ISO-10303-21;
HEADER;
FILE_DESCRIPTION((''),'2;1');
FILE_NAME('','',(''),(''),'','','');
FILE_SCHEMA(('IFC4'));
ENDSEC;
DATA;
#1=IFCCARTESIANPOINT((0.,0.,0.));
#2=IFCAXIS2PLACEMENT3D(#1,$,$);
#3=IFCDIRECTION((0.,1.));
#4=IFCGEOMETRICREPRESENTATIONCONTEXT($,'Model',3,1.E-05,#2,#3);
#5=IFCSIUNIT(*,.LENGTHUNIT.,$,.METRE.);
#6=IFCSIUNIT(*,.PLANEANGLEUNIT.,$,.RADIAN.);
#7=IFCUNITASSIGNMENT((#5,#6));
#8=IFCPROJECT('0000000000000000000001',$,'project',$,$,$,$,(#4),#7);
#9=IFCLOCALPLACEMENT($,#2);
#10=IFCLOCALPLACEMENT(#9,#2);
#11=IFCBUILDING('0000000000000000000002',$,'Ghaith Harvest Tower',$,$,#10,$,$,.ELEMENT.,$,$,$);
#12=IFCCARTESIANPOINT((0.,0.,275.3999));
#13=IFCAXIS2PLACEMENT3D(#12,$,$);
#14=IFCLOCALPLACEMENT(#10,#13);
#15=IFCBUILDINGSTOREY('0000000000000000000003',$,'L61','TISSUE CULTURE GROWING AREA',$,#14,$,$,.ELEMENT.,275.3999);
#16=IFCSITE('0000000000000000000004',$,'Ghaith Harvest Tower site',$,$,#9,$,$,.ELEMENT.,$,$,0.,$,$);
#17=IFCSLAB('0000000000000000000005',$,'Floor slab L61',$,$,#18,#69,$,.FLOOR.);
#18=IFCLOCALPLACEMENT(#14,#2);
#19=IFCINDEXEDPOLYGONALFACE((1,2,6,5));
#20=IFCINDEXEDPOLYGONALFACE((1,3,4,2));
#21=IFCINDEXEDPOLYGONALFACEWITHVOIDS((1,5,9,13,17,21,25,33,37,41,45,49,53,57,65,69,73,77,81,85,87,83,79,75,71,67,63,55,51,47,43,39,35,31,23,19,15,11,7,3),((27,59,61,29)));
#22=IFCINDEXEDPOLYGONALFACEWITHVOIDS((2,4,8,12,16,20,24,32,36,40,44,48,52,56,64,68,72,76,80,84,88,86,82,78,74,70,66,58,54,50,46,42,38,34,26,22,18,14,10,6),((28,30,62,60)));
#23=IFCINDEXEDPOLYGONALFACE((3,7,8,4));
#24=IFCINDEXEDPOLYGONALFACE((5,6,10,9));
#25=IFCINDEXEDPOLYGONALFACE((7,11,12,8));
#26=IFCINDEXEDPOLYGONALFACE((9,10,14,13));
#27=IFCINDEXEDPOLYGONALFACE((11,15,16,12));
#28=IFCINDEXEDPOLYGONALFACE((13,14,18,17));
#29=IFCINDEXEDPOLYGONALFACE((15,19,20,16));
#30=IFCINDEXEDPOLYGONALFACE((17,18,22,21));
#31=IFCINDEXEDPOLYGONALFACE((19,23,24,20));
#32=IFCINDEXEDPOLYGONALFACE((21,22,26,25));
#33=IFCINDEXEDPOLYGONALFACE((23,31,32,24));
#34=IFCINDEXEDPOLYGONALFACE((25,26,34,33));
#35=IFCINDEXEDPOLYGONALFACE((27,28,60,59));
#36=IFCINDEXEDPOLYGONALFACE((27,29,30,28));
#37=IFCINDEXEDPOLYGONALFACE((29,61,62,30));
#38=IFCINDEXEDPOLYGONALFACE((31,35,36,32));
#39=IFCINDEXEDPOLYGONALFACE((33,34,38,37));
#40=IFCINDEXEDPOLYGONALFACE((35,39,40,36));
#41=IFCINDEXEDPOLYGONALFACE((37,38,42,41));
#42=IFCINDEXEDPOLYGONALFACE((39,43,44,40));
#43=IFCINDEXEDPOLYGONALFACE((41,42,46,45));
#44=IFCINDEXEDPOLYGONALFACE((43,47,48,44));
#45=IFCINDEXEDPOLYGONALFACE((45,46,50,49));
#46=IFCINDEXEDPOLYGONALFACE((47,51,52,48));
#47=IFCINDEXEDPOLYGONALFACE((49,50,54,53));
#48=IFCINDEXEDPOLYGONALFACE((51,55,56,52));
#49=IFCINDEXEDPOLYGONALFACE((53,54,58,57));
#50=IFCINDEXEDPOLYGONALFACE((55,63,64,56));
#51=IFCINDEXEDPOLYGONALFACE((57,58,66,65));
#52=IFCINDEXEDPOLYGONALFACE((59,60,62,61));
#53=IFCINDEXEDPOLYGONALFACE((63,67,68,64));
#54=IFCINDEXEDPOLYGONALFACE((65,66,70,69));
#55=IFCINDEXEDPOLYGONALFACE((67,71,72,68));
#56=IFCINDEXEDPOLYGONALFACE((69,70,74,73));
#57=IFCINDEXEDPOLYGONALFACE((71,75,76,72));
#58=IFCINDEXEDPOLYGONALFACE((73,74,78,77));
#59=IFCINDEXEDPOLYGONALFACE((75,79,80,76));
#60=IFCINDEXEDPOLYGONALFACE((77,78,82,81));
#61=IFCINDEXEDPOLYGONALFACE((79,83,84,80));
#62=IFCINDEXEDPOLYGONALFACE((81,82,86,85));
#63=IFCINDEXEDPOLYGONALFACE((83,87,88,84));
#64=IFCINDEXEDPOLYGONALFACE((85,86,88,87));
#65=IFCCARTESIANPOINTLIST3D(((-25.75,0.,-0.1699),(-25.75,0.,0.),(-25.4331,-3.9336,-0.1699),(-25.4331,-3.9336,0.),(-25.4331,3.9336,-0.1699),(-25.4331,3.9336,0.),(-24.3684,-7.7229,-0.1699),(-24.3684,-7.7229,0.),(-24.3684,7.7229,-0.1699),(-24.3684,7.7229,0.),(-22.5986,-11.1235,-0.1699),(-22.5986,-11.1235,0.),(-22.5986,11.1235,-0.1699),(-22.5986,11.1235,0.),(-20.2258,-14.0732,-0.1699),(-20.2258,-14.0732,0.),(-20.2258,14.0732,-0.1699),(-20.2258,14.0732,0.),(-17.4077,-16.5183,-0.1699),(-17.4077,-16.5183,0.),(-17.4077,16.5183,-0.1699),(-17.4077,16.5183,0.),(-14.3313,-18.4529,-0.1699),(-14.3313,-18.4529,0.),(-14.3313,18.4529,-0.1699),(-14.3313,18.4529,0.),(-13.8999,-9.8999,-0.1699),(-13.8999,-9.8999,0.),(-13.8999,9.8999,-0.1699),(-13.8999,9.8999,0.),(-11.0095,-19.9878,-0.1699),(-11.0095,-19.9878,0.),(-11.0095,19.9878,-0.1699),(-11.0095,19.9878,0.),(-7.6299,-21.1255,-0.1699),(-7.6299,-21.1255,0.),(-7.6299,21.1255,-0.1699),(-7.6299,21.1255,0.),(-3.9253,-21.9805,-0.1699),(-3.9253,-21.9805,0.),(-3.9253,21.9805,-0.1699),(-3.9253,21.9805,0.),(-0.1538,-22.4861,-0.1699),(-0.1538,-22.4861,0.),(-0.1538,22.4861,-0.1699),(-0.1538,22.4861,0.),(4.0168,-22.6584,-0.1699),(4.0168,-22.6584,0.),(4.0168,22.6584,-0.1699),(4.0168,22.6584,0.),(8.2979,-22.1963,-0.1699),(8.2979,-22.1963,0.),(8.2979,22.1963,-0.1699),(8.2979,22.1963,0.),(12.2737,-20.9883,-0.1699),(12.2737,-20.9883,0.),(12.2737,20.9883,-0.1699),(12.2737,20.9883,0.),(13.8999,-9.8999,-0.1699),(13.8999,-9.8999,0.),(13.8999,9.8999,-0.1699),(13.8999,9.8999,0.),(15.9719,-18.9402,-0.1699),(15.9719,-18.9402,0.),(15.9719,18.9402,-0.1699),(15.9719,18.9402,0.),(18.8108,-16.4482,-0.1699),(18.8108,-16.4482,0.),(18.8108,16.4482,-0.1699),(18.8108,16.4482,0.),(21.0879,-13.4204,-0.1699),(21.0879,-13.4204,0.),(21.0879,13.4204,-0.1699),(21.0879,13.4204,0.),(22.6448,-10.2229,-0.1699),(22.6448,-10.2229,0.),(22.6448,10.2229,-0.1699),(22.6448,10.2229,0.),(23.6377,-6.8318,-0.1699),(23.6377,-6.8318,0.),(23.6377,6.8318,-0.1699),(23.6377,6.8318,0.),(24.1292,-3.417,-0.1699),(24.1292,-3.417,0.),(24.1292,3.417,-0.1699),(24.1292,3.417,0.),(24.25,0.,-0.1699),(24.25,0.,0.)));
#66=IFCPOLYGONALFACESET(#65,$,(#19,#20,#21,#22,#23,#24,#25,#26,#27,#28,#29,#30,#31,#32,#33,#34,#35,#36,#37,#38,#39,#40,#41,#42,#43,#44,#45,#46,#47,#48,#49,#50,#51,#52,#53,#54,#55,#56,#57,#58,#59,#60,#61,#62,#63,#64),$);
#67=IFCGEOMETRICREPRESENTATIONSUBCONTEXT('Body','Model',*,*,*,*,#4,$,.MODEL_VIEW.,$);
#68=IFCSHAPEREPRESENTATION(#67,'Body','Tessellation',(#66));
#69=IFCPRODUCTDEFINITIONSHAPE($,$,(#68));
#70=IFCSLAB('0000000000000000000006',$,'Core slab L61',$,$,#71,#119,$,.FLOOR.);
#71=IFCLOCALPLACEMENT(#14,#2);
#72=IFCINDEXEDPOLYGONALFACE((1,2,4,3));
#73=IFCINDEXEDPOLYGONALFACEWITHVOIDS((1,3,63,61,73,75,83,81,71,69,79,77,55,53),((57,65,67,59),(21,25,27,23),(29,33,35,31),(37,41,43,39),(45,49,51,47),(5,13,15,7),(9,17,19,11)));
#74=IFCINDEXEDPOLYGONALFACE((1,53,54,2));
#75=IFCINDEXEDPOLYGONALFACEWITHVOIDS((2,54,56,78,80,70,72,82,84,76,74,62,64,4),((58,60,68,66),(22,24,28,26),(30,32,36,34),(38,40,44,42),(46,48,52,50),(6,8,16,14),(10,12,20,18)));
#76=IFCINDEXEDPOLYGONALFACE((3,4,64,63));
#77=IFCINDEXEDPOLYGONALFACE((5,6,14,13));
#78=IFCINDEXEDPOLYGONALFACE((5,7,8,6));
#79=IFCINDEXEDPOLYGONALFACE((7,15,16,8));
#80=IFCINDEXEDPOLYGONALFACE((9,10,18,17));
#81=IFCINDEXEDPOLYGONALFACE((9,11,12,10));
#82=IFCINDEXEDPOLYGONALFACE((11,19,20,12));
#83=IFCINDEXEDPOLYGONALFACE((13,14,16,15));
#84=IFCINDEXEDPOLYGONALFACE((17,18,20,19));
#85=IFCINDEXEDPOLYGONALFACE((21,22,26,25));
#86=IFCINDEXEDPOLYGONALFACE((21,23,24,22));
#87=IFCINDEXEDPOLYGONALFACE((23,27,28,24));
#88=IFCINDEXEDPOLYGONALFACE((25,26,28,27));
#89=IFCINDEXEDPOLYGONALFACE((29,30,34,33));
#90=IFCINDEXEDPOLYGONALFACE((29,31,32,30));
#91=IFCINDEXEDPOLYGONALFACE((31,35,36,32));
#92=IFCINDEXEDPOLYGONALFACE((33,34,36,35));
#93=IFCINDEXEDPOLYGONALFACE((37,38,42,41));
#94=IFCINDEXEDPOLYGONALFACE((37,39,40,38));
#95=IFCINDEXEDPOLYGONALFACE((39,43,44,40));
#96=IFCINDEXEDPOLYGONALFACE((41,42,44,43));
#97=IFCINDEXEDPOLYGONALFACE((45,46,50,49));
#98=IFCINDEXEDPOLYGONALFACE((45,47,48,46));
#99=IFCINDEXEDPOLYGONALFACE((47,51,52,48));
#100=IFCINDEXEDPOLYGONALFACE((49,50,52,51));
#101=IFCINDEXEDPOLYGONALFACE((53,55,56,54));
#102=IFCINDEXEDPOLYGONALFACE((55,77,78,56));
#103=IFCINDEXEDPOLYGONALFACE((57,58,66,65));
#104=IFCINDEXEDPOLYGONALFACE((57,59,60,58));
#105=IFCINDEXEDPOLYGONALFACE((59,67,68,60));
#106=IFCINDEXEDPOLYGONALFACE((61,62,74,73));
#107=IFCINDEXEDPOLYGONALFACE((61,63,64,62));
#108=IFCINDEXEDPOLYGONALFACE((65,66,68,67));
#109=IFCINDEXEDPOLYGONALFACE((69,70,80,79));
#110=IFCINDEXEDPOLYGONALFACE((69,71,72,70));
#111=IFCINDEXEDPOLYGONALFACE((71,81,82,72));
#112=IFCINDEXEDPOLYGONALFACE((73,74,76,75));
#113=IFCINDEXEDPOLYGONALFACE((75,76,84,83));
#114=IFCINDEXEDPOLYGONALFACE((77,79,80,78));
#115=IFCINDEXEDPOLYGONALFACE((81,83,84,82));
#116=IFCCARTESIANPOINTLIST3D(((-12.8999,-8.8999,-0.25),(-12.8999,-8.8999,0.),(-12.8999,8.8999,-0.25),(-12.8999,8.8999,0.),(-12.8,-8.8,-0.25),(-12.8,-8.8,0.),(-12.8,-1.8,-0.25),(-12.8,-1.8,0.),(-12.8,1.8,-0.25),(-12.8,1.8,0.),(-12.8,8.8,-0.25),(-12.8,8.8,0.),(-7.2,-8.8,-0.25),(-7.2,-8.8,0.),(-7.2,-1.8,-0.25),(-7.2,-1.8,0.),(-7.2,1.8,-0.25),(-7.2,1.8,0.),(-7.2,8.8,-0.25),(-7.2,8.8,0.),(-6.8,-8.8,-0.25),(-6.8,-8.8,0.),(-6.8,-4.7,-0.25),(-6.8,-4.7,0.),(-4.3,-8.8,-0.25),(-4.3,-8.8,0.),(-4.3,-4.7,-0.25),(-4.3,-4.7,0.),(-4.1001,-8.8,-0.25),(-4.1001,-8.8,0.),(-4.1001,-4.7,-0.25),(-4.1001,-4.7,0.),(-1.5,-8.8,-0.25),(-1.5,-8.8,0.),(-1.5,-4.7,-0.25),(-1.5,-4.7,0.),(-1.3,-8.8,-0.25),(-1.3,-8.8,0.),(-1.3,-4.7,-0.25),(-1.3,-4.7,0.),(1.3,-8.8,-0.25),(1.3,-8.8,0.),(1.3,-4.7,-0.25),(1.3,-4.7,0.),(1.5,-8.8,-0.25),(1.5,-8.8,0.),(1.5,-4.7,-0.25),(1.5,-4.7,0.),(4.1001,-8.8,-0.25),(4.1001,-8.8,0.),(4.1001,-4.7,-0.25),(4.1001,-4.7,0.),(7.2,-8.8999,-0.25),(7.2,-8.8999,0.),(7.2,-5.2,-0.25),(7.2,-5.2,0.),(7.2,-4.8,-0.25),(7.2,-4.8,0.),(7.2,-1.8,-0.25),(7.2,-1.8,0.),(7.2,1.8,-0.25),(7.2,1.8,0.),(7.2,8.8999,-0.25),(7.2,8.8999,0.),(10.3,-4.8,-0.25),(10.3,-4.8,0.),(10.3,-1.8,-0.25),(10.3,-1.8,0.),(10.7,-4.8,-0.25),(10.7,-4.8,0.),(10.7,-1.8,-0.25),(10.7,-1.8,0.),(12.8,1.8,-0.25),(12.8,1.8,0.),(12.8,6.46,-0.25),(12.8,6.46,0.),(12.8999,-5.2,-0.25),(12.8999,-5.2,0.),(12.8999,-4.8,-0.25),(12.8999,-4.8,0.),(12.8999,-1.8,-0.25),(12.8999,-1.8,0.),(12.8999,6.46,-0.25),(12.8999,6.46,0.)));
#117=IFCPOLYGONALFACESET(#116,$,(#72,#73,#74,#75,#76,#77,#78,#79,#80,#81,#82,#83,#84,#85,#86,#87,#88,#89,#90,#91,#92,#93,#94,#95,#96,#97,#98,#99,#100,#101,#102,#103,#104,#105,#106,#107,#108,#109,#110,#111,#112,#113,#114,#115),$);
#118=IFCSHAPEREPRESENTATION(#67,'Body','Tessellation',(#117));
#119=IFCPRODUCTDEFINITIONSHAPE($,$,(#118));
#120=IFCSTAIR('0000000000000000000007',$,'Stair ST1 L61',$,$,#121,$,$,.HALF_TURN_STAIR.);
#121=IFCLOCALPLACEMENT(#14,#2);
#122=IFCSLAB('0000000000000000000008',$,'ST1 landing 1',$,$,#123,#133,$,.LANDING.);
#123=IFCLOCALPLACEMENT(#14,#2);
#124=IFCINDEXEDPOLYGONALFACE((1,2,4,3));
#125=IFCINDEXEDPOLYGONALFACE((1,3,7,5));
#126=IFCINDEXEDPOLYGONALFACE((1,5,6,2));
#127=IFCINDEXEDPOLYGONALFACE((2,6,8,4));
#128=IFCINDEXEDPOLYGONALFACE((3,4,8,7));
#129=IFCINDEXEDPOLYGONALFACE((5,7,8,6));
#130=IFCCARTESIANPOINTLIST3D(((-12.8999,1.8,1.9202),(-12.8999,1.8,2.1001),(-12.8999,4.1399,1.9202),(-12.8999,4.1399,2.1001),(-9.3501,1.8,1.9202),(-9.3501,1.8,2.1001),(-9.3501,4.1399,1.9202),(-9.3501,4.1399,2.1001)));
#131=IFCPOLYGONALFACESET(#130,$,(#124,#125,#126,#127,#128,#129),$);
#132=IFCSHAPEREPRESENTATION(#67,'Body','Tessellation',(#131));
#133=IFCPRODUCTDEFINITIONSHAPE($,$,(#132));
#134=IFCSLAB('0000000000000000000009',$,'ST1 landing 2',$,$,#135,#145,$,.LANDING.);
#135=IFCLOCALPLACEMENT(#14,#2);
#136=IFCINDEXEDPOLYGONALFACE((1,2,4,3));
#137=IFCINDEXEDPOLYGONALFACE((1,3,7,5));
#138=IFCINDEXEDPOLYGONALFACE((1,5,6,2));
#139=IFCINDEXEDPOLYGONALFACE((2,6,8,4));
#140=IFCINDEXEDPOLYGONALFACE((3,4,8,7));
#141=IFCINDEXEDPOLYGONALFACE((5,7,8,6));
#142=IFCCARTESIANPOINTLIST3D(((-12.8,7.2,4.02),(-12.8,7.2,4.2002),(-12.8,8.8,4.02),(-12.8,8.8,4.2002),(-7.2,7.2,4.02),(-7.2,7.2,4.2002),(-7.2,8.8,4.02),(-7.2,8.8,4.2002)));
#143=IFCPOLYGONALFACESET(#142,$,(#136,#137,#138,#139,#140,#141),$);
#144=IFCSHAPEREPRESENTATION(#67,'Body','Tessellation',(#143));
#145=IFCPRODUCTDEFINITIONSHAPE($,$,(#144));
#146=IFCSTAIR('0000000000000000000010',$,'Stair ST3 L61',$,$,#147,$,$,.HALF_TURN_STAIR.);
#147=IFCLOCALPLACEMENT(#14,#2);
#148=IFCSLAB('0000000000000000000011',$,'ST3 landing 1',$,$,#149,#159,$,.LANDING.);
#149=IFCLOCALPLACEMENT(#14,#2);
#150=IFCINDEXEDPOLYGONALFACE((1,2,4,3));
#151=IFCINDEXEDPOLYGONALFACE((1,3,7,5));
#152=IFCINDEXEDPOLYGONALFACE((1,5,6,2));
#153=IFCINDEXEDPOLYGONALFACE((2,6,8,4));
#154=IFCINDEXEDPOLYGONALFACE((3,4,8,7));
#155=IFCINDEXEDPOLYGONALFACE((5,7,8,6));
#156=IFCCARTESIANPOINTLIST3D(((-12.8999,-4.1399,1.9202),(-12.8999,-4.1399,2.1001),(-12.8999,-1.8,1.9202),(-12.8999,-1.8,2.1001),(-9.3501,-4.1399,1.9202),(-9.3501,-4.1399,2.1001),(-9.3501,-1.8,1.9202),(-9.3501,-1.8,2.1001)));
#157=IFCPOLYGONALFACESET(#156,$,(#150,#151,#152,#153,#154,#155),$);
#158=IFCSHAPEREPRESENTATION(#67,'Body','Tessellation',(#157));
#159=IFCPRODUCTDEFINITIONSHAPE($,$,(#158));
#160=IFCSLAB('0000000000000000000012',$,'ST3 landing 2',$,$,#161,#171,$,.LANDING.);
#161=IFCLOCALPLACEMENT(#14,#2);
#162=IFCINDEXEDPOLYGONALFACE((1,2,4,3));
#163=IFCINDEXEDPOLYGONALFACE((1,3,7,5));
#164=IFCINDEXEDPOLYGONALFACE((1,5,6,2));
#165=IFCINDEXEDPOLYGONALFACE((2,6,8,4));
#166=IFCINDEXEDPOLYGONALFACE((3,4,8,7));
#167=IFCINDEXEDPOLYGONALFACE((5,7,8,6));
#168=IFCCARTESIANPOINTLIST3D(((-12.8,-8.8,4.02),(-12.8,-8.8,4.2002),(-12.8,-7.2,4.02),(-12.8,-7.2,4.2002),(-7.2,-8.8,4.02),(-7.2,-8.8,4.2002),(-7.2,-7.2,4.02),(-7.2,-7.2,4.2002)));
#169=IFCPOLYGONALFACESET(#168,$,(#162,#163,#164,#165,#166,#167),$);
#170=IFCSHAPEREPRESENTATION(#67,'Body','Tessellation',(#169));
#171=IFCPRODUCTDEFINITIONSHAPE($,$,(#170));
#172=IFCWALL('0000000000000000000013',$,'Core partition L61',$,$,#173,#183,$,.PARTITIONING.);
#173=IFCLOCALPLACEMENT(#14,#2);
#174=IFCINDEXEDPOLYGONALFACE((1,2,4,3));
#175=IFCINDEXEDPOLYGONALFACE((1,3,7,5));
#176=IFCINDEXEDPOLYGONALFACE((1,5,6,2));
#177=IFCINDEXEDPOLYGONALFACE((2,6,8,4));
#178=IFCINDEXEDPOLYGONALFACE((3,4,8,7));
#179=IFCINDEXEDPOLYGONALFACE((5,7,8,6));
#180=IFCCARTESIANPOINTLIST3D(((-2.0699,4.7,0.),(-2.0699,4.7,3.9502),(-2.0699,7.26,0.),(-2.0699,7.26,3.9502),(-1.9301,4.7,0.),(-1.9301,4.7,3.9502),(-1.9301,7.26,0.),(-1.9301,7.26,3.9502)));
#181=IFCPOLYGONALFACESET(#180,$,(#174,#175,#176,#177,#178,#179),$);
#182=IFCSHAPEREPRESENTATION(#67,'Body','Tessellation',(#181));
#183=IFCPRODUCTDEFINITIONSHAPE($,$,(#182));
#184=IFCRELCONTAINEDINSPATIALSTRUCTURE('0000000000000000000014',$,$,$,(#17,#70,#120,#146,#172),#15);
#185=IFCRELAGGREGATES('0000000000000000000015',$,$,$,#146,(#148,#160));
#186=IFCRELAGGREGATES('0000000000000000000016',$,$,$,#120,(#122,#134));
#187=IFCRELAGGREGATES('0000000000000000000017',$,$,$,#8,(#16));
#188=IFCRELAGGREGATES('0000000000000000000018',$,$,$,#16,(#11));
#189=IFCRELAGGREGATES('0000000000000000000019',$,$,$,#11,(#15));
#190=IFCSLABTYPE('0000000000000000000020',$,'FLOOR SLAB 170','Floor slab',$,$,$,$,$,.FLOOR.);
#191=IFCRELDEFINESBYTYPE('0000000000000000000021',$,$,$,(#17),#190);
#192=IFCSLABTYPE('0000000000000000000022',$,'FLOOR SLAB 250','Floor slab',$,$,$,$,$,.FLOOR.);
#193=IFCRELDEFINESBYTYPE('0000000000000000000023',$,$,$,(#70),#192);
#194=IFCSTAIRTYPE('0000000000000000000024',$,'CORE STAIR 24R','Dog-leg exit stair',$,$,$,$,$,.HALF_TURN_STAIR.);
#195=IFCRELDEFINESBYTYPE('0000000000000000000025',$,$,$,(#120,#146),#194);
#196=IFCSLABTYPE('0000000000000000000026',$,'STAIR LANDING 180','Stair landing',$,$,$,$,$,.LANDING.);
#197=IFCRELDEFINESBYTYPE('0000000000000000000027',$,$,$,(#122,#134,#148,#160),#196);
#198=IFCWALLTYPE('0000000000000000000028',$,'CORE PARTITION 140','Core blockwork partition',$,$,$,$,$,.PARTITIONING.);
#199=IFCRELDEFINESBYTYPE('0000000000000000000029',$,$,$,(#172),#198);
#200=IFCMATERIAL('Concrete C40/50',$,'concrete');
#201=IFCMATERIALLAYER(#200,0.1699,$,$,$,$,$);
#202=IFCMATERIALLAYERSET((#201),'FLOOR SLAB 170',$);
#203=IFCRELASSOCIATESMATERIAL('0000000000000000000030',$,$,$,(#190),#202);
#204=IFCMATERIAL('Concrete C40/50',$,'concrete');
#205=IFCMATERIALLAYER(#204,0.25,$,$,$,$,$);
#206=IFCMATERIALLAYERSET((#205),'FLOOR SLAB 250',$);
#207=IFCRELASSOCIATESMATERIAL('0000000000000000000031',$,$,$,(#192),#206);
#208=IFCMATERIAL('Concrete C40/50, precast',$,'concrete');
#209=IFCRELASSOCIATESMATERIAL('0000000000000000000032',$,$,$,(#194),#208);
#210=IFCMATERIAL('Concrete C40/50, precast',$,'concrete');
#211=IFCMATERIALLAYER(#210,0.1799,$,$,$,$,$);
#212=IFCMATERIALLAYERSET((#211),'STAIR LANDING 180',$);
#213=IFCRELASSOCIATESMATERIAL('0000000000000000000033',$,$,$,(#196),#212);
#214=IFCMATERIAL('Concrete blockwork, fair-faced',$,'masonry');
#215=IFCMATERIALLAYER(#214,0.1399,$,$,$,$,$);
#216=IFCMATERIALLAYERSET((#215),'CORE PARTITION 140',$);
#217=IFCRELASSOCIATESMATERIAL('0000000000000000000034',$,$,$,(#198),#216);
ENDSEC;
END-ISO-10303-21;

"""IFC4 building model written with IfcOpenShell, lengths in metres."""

from ifc_helpers import new_model, si_unit, direction, frame, frame_2d, origin, place, context, subcontext, project, spatial, polyline, rectangle, outline, extrude, material, layer, layer_set, type_object, element, aggregate, save


model = new_model("IFC4")

# Units and contexts
model_context = context("Model", 3, precision=1e-05, world=origin(), true_north=direction((0.0, 1.0)))
body_context = subcontext(model_context, "Body", "Model", "MODEL_VIEW")
ifc_project = project(units=[si_unit("LENGTHUNIT", "METRE"), si_unit("PLANEANGLEUNIT", "RADIAN")], contexts=[model_context])

# Site, building, storey
site_placement = place(None, origin())
site = spatial("IfcSite", under=ifc_project, at=site_placement, Name="Ghaith Harvest Tower site", CompositionType="ELEMENT", RefElevation=0.0)
building_placement = place(site_placement, origin())
building = spatial("IfcBuilding", under=site, at=building_placement, Name="Ghaith Harvest Tower", CompositionType="ELEMENT")
storey_placement = place(building_placement, frame((0.0, 0.0, 275.3999)))
storey = spatial("IfcBuildingStorey", under=building, at=storey_placement, Name="L61", Description="TISSUE CULTURE GROWING AREA", CompositionType="ELEMENT", Elevation=275.3999)

# Slabs
ifc_material_1 = material(Name="Concrete C40/50", Category="concrete")
ifc_layer_1 = layer(ifc_material_1, 0.1699)
ifc_layer_set_1 = layer_set([ifc_layer_1], Name="FLOOR SLAB 170")
slab_type_1 = type_object("IfcSlabType", Name="FLOOR SLAB 170", Description="Floor slab", PredefinedType="FLOOR", material=ifc_layer_set_1)
slab_1_placement = place(storey_placement, frame((0.0, 0.0, -0.1699)))
element("IfcSlab", 1, at=slab_1_placement, inside=storey, type_object=slab_type_1, Name="Floor slab L61", PredefinedType="FLOOR", context=body_context, shape_type="SweptSolid", body=[
    extrude(outline(polyline([(24.25, 0.0), (24.1292, 3.417), (23.6377, 6.8318), (22.6448, 10.2229), (21.0879, 13.4204), (18.8108, 16.4482), (15.9719, 18.9402), (12.2737, 20.9883), (8.2979, 22.1963), (4.0168, 22.6584), (-0.1538, 22.4861), (-3.9253, 21.9805), (-7.6299, 21.1255), (-11.0095, 19.9878), (-14.3313, 18.4529), (-17.4077, 16.5183), (-20.2258, 14.0732), (-22.5986, 11.1235), (-24.3684, 7.7229), (-25.4331, 3.9336), (-25.75, 0.0), (-25.4331, -3.9336), (-24.3684, -7.7229), (-22.5986, -11.1235), (-20.2258, -14.0732), (-17.4077, -16.5183), (-14.3313, -18.4529), (-11.0095, -19.9878), (-7.6299, -21.1255), (-3.9253, -21.9805), (-0.1538, -22.4861), (4.0168, -22.6584), (8.2979, -22.1963), (12.2737, -20.9883), (15.9719, -18.9402), (18.8108, -16.4482), (21.0879, -13.4204), (22.6448, -10.2229), (23.6377, -6.8318), (24.1292, -3.417), (24.25, 0.0)]), holes=[polyline([(-13.8999, -9.8999), (13.8999, -9.8999), (13.8999, 9.8999), (-13.8999, 9.8999), (-13.8999, -9.8999)])]), origin(), (0.0, 0.0, 1.0), 0.1699),
])
ifc_material_2 = material(Name="Concrete C40/50", Category="concrete")
ifc_layer_2 = layer(ifc_material_2, 0.25)
ifc_layer_set_2 = layer_set([ifc_layer_2], Name="FLOOR SLAB 250")
slab_type_2 = type_object("IfcSlabType", Name="FLOOR SLAB 250", Description="Floor slab", PredefinedType="FLOOR", material=ifc_layer_set_2)
slab_2_placement = place(storey_placement, frame((0.0, 0.0, -0.25)))
element("IfcSlab", 2, at=slab_2_placement, inside=storey, type_object=slab_type_2, Name="Core slab L61", PredefinedType="FLOOR", context=body_context, shape_type="SweptSolid", body=[
    extrude(outline(polyline([(-12.8999, 8.8999), (7.2, 8.8999), (7.2, 1.8), (12.8, 1.8), (12.8, 6.46), (12.8999, 6.46), (12.8999, -1.8), (10.7, -1.8), (10.7, -4.8), (12.8999, -4.8), (12.8999, -5.2), (7.2, -5.2), (7.2, -8.8999), (-12.8999, -8.8999), (-12.8999, 8.8999)]), holes=[polyline([(-4.3, -4.7), (-6.8, -4.7), (-6.8, -8.8), (-4.3, -8.8), (-4.3, -4.7)]), polyline([(-1.5, -4.7), (-4.1001, -4.7), (-4.1001, -8.8), (-1.5, -8.8), (-1.5, -4.7)]), polyline([(1.3, -8.8), (1.3, -4.7), (-1.3, -4.7), (-1.3, -8.8), (1.3, -8.8)]), polyline([(4.1001, -8.8), (4.1001, -4.7), (1.5, -4.7), (1.5, -8.8), (4.1001, -8.8)]), polyline([(-7.2, -1.8), (-12.8, -1.8), (-12.8, -8.8), (-7.2, -8.8), (-7.2, -1.8)]), polyline([(10.3, -1.8), (7.2, -1.8), (7.2, -4.8), (10.3, -4.8), (10.3, -1.8)]), polyline([(-12.8, 1.8), (-7.2, 1.8), (-7.2, 8.8), (-12.8, 8.8), (-12.8, 1.8)])]), origin(), (0.0, 0.0, 1.0), 0.25),
])

# Stairs, slabs
ifc_material_3 = material(Name="Concrete C40/50, precast", Category="concrete")
stair_type = type_object("IfcStairType", Name="CORE STAIR 24R", Description="Dog-leg exit stair", PredefinedType="HALF_TURN_STAIR", material=ifc_material_3)
stair_1_placement = place(storey_placement, origin())
stair_1 = element("IfcStair", 3, at=stair_1_placement, inside=storey, type_object=stair_type, Name="Stair ST1 L61", PredefinedType="HALF_TURN_STAIR")
ifc_material_4 = material(Name="Concrete C40/50, precast", Category="concrete")
ifc_layer_3 = layer(ifc_material_4, 0.1799)
ifc_layer_set_3 = layer_set([ifc_layer_3], Name="STAIR LANDING 180")
slab_type_3 = type_object("IfcSlabType", Name="STAIR LANDING 180", Description="Stair landing", PredefinedType="LANDING", material=ifc_layer_set_3)
slab_3_placement = place(storey_placement, frame((0.0, 0.0, 1.9202)))
slab_3 = element("IfcSlab", 4, at=slab_3_placement, type_object=slab_type_3, Name="ST1 landing 1", PredefinedType="LANDING", context=body_context, shape_type="SweptSolid", body=[
    extrude(outline(polyline([(-12.8999, 4.1399), (-12.8999, 1.8), (-9.3501, 1.8), (-9.3501, 4.1399), (-12.8999, 4.1399)])), origin(), (0.0, 0.0, 1.0), 0.1799),
])
slab_4_placement = place(storey_placement, frame((0.0, 0.0, 4.02)))
slab_4 = element("IfcSlab", 5, at=slab_4_placement, type_object=slab_type_3, Name="ST1 landing 2", PredefinedType="LANDING", context=body_context, shape_type="SweptSolid", body=[
    extrude(outline(polyline([(-12.8, 8.8), (-12.8, 7.2), (-7.2, 7.2), (-7.2, 8.8), (-12.8, 8.8)])), origin(), (0.0, 0.0, 1.0), 0.1802),
])
stair_2_placement = place(storey_placement, origin())
stair_2 = element("IfcStair", 6, at=stair_2_placement, inside=storey, type_object=stair_type, Name="Stair ST3 L61", PredefinedType="HALF_TURN_STAIR")
slab_5_placement = place(storey_placement, frame((0.0, 0.0, 1.9202)))
slab_5 = element("IfcSlab", 7, at=slab_5_placement, type_object=slab_type_3, Name="ST3 landing 1", PredefinedType="LANDING", context=body_context, shape_type="SweptSolid", body=[
    extrude(outline(polyline([(-12.8999, -4.1399), (-12.8999, -1.8), (-9.3501, -1.8), (-9.3501, -4.1399), (-12.8999, -4.1399)])), origin(), (0.0, 0.0, 1.0), 0.1799),
])
slab_6_placement = place(storey_placement, frame((0.0, 0.0, 4.02)))
slab_6 = element("IfcSlab", 8, at=slab_6_placement, type_object=slab_type_3, Name="ST3 landing 2", PredefinedType="LANDING", context=body_context, shape_type="SweptSolid", body=[
    extrude(outline(polyline([(-12.8, -8.8), (-12.8, -7.2), (-7.2, -7.2), (-7.2, -8.8), (-12.8, -8.8)])), origin(), (0.0, 0.0, 1.0), 0.1802),
])
aggregate(stair_2, [slab_5, slab_6])

# Shared definitions
ifc_material_5 = material(Name="Concrete blockwork, fair-faced", Category="masonry")
ifc_layer_4 = layer(ifc_material_5, 0.1399)
ifc_layer_set_4 = layer_set([ifc_layer_4], Name="CORE PARTITION 140")
wall_type_1 = type_object("IfcWallType", Name="CORE PARTITION 140", Description="Core blockwork partition", PredefinedType="PARTITIONING", material=ifc_layer_set_4)

# Wall
wall_1_placement = place(storey_placement, frame((-2.0, 4.7, 0.0), z_axis=(0.0, 0.0, 1.0), x_axis=(0.0, 1.0, 0.0)))
element("IfcWall", 9, at=wall_1_placement, inside=storey, type_object=wall_type_1, Name="Core partition L61", PredefinedType="PARTITIONING", context=body_context, shape_type="SweptSolid", body=[
    extrude(rectangle(XDim=2.5601, YDim=0.1399, at=frame_2d((1.28, 0.0))), origin(), (0.0, 0.0, 1.0), 3.9502),
])

aggregate(stair_1, [slab_3, slab_4])

save(model, "model.ifc")
